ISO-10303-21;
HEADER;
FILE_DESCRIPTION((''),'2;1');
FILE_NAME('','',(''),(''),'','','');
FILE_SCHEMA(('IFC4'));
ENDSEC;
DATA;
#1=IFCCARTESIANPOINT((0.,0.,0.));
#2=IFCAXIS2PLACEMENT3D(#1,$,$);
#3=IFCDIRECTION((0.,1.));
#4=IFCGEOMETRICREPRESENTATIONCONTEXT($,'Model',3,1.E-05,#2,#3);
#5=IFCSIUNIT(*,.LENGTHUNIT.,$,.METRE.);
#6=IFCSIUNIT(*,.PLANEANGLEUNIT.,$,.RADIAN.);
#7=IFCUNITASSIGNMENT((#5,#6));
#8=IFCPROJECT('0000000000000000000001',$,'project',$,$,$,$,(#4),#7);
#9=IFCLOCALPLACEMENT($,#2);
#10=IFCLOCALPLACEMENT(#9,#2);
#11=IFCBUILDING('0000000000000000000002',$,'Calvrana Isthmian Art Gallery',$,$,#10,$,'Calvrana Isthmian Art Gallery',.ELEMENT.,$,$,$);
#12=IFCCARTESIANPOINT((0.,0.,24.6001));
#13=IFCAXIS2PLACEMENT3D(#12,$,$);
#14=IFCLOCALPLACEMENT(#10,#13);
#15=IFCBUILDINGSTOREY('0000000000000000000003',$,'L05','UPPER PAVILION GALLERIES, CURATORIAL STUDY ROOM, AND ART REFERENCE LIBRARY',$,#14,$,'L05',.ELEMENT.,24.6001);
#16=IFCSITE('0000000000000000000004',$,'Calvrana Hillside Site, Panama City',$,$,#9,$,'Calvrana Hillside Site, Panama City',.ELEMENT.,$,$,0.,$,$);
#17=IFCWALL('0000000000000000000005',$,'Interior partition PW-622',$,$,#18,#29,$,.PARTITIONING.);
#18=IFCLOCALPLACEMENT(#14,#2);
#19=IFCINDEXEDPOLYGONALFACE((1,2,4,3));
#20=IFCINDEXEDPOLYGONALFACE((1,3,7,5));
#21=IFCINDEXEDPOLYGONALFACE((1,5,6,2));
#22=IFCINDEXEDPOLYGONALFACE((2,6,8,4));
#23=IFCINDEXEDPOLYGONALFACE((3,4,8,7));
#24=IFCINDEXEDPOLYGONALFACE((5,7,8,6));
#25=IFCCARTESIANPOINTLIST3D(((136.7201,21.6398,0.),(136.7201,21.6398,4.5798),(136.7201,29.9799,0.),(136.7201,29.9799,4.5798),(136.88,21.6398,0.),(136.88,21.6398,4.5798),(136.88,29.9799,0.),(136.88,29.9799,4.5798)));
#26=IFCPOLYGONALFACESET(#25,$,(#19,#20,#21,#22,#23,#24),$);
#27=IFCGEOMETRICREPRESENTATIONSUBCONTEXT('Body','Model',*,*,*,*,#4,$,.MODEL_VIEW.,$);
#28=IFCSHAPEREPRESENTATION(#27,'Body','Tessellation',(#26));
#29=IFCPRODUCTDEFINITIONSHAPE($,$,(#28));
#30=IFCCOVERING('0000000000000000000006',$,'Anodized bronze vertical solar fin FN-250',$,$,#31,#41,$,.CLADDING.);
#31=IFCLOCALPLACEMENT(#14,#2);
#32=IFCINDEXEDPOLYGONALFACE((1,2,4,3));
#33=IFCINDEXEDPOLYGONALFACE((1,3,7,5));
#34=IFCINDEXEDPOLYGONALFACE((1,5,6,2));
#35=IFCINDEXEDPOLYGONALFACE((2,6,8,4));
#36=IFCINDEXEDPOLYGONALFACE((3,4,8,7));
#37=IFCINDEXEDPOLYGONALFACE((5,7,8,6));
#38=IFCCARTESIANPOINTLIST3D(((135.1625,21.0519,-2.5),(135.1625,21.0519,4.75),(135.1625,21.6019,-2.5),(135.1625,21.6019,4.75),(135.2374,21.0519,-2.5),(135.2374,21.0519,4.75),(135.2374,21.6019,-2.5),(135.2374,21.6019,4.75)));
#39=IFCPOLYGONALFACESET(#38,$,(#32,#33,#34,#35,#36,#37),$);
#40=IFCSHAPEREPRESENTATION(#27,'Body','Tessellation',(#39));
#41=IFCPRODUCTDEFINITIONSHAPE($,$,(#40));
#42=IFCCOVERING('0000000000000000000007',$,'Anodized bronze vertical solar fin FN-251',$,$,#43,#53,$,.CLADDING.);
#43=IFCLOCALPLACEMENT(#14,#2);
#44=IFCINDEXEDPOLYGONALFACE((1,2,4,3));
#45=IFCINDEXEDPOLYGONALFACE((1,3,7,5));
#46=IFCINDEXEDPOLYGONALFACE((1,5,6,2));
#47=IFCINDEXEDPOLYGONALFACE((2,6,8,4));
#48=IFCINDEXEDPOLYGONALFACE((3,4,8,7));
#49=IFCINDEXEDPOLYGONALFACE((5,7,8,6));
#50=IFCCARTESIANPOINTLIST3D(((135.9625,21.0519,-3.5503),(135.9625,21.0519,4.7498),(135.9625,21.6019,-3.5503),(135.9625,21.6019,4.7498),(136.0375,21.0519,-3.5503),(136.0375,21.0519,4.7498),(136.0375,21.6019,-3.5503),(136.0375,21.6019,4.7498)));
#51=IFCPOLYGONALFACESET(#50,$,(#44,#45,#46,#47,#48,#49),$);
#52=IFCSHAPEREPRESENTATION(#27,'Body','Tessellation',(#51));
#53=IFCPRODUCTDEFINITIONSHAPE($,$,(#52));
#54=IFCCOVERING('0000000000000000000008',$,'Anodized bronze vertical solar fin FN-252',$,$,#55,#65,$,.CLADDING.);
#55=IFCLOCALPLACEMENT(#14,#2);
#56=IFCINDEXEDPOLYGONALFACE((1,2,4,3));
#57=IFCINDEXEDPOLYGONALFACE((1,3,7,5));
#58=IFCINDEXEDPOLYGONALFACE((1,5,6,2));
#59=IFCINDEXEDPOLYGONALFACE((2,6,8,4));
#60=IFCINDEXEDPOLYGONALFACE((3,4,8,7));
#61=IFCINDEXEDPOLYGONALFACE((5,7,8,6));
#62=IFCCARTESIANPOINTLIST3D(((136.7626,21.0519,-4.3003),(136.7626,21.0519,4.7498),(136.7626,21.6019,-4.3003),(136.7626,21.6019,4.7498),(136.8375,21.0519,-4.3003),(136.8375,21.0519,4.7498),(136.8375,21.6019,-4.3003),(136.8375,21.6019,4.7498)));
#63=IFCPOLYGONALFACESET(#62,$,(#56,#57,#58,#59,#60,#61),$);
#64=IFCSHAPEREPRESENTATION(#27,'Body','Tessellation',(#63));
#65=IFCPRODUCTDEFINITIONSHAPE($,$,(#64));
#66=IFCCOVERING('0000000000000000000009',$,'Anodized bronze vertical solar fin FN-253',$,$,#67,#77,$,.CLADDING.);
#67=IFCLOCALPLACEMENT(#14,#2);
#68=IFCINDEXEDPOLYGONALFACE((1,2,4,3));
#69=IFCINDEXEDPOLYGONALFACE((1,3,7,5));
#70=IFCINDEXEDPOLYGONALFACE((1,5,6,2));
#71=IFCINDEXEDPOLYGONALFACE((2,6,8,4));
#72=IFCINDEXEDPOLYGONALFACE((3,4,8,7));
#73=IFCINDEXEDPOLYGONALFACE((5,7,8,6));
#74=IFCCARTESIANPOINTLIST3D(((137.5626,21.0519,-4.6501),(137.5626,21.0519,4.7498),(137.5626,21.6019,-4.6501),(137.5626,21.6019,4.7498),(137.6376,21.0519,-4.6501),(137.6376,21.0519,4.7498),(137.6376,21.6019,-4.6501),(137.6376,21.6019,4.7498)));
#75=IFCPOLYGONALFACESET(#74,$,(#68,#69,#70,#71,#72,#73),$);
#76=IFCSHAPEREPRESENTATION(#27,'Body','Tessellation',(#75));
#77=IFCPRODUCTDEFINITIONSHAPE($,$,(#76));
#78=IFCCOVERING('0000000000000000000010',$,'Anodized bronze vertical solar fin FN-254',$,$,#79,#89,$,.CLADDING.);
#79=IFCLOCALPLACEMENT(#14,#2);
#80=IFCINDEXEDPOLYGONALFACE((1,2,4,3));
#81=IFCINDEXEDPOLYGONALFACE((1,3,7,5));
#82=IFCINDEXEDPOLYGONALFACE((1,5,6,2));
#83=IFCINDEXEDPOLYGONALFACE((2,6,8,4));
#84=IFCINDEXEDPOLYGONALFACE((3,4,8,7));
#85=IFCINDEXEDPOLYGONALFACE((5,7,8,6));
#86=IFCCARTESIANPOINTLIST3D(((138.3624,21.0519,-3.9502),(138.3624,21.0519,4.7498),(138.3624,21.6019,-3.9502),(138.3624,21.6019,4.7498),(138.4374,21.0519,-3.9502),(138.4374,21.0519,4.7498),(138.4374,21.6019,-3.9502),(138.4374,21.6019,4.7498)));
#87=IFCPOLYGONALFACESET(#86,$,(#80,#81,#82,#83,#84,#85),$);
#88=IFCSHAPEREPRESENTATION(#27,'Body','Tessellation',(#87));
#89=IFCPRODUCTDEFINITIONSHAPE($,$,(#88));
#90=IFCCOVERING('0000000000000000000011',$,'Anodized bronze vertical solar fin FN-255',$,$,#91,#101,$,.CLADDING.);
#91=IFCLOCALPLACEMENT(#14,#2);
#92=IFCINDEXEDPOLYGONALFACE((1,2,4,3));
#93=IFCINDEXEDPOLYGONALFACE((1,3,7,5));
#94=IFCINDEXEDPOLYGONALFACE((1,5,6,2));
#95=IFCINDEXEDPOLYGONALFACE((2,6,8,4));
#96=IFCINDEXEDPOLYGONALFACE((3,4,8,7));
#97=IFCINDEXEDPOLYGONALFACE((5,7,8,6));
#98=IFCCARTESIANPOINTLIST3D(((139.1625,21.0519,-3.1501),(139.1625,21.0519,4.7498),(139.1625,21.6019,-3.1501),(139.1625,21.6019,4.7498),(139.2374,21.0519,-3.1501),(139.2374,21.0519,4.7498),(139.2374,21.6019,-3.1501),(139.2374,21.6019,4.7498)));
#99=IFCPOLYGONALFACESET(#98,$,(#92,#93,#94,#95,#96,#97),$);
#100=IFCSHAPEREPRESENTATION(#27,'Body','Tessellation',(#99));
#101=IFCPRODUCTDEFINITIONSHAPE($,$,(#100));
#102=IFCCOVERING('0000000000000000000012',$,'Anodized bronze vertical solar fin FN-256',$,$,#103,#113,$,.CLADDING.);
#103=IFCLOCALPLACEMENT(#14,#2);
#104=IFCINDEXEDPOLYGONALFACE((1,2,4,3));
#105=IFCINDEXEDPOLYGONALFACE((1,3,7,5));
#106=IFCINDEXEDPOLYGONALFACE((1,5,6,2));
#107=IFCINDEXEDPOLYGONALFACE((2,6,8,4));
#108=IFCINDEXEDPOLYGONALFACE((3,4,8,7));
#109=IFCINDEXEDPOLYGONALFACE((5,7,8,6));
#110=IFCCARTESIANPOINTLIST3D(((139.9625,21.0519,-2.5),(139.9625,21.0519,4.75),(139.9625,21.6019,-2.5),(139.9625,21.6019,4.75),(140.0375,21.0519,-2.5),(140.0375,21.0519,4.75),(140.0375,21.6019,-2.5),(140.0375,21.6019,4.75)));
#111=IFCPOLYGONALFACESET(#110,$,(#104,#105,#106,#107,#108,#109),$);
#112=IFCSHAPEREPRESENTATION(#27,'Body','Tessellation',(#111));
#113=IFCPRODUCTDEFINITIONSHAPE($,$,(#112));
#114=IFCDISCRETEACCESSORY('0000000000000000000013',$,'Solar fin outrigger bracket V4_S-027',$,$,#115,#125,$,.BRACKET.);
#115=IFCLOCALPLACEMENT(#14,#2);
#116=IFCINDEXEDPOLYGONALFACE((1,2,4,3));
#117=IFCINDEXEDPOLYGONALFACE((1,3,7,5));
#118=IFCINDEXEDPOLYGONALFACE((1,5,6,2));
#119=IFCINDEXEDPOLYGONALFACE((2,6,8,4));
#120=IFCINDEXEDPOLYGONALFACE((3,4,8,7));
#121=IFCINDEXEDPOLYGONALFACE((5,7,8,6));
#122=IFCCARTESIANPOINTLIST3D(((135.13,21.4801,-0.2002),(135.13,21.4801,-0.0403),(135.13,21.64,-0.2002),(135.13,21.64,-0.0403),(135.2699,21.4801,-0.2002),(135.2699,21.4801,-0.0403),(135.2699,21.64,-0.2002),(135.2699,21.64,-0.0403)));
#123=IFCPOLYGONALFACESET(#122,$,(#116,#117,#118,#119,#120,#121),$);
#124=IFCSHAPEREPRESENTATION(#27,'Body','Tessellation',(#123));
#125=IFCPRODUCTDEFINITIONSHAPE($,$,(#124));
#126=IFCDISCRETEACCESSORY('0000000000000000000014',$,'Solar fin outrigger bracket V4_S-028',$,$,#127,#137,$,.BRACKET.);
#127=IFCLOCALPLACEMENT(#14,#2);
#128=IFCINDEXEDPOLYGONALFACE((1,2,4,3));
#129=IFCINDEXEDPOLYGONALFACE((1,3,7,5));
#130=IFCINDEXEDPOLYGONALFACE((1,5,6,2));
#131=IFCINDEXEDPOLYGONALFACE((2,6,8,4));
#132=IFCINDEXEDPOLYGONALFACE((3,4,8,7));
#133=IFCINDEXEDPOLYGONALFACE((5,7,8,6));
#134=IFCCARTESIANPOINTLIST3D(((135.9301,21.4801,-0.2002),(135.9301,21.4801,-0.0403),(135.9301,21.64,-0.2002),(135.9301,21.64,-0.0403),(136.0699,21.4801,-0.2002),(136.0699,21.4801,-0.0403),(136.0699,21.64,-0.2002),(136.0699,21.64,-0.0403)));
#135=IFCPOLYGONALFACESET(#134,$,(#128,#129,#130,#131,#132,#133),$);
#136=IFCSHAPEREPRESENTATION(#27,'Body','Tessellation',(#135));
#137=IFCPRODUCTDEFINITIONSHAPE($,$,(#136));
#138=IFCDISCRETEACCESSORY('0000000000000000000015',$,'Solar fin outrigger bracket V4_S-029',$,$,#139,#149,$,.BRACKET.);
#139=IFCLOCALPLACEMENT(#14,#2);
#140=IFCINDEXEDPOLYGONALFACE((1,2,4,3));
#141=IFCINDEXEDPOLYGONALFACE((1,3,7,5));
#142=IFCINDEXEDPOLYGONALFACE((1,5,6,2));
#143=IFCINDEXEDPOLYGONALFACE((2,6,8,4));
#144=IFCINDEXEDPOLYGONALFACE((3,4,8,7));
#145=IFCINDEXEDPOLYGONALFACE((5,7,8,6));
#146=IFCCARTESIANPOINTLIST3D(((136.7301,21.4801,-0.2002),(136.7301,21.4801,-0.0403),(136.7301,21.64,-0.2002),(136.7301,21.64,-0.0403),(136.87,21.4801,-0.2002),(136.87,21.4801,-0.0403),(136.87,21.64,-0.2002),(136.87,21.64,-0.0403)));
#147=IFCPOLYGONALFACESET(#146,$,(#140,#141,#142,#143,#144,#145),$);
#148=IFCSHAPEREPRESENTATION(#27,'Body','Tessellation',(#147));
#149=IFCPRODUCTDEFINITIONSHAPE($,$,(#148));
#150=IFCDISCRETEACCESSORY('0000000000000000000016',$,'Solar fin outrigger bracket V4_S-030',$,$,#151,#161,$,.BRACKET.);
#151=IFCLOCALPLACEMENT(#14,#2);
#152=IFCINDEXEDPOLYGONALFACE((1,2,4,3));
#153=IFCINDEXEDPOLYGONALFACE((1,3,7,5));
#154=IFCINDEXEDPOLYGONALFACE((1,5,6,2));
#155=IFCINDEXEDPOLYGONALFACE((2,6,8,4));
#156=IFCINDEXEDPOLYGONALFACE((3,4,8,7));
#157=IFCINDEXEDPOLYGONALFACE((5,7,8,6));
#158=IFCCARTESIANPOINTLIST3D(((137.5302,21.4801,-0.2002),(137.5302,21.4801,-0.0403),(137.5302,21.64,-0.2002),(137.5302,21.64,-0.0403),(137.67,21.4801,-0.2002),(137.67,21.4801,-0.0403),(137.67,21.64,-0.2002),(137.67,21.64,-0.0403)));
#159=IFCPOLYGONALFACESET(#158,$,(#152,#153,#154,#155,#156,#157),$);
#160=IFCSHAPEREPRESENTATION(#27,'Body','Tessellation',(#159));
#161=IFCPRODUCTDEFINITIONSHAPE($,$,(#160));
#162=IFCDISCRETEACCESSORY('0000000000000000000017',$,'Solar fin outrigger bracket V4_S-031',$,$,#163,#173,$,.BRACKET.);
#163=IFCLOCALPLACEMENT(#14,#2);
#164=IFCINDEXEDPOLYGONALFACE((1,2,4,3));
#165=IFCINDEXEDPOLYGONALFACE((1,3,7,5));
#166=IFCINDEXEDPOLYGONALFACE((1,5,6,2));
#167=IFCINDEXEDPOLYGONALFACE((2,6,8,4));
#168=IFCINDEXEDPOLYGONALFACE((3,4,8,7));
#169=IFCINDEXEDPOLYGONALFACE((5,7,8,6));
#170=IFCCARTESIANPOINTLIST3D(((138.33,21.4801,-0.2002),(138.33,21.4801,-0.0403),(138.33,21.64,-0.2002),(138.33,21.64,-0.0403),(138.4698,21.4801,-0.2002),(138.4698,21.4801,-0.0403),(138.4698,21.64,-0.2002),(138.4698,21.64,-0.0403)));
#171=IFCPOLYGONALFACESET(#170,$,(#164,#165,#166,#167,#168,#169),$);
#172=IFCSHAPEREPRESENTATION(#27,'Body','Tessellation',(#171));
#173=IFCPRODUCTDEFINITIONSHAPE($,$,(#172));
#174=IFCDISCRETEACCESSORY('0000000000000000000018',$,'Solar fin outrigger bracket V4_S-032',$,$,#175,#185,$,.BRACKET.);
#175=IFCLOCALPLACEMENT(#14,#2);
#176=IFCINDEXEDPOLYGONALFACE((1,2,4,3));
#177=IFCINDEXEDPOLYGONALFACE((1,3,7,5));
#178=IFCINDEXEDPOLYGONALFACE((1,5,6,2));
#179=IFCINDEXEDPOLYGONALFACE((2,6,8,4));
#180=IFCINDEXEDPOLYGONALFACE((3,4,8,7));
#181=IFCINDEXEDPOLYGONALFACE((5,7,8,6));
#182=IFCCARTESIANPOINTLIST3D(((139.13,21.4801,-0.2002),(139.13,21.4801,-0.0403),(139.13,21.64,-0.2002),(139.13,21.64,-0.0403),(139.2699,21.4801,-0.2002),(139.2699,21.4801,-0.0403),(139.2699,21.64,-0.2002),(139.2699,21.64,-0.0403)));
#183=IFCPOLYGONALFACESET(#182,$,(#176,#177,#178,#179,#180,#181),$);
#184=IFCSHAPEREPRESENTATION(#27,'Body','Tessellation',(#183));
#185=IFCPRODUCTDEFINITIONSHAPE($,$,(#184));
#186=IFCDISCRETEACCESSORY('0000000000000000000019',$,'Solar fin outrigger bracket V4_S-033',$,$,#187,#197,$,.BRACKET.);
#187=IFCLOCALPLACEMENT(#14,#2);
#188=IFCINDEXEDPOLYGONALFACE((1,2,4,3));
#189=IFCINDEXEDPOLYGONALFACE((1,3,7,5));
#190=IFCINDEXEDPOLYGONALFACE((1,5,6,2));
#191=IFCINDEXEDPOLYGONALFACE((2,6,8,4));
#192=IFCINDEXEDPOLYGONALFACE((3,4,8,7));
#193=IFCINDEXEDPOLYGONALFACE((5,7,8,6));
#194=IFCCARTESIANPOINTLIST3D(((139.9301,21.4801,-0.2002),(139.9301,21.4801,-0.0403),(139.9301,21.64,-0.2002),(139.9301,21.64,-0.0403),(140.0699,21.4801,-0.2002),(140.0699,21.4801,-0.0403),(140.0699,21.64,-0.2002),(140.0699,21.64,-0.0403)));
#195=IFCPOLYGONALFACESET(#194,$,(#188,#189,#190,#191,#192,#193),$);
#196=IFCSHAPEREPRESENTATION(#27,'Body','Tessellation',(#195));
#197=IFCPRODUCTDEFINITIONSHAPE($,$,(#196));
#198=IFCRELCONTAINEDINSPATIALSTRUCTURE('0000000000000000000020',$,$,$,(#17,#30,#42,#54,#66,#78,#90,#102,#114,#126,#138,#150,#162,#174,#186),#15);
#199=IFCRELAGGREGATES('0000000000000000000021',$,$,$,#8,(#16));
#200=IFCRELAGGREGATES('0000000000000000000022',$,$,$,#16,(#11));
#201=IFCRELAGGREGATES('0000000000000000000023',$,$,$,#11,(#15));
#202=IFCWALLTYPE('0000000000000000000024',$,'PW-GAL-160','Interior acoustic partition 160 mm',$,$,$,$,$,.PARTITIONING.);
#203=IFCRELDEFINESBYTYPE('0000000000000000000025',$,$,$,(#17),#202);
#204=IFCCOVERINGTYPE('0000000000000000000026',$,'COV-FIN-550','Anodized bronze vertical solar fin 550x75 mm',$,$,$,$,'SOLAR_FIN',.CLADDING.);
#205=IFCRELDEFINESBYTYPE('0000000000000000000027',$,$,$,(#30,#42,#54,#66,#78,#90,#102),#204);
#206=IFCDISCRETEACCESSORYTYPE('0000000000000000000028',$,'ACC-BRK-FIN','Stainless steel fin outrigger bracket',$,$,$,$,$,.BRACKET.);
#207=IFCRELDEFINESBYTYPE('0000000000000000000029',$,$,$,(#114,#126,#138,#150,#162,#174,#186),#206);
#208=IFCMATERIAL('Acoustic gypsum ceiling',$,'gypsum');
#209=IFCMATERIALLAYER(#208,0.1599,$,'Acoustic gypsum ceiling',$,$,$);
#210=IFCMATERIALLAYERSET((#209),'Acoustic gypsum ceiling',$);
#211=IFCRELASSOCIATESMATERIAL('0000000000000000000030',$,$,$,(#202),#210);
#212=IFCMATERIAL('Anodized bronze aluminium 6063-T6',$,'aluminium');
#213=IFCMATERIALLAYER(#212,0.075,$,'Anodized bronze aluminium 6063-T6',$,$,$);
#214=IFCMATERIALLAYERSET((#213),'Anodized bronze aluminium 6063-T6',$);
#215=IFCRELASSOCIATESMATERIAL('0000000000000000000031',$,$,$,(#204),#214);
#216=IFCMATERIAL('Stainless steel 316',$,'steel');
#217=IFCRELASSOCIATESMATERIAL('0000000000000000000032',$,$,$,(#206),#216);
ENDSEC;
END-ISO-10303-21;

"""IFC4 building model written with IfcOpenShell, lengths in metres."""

from ifc_helpers import new_model, si_unit, direction, frame, frame_2d, origin, origin_2d, place, context, subcontext, project, spatial, rectangle, extrude, material, layer, layer_set, type_object, element, save


model = new_model("IFC4")

# Units and contexts
model_context = context("Model", 3, precision=1e-05, world=origin(), true_north=direction((0.0, 1.0)))
body_context = subcontext(model_context, "Body", "Model", "MODEL_VIEW")
ifc_project = project(units=[si_unit("LENGTHUNIT", "METRE"), si_unit("PLANEANGLEUNIT", "RADIAN")], contexts=[model_context])

# Site, building, storey
site_placement = place(None, origin())
site = spatial("IfcSite", under=ifc_project, at=site_placement, Name="Calvrana Hillside Site, Panama City", LongName="Calvrana Hillside Site, Panama City", CompositionType="ELEMENT", RefElevation=0.0)
building_placement = place(site_placement, origin())
building = spatial("IfcBuilding", under=site, at=building_placement, Name="Calvrana Isthmian Art Gallery", LongName="Calvrana Isthmian Art Gallery", CompositionType="ELEMENT")
storey_placement = place(building_placement, frame((0.0, 0.0, 24.6001)))
storey = spatial("IfcBuildingStorey", under=building, at=storey_placement, Name="L05", Description="UPPER PAVILION GALLERIES, CURATORIAL STUDY ROOM, AND ART REFERENCE LIBRARY", LongName="L05", CompositionType="ELEMENT", Elevation=24.6001)

# Wall
ifc_material_1 = material(Name="Acoustic gypsum ceiling", Category="gypsum")
ifc_layer_1 = layer(ifc_material_1, 0.1599, Name="Acoustic gypsum ceiling")
ifc_layer_set_1 = layer_set([ifc_layer_1], Name="Acoustic gypsum ceiling")
wall_type_1 = type_object("IfcWallType", Name="PW-GAL-160", Description="Interior acoustic partition 160 mm", PredefinedType="PARTITIONING", material=ifc_layer_set_1)
wall_1_placement = place(storey_placement, frame((136.8, 21.6399, 0.0), z_axis=(0.0, 0.0, 1.0), x_axis=(0.0, 1.0, 0.0)))
element("IfcWall", 1, at=wall_1_placement, inside=storey, type_object=wall_type_1, Name="Interior partition PW-622", PredefinedType="PARTITIONING", context=body_context, shape_type="SweptSolid", body=[
    extrude(rectangle(XDim=8.3401, YDim=0.1599, at=frame_2d((4.1699, 0.0))), origin(), (0.0, 0.0, 1.0), 4.5798),
])

# Coverings
ifc_material_2 = material(Name="Anodized bronze aluminium 6063-T6", Category="aluminium")
ifc_layer_2 = layer(ifc_material_2, 0.075, Name="Anodized bronze aluminium 6063-T6")
ifc_layer_set_2 = layer_set([ifc_layer_2], Name="Anodized bronze aluminium 6063-T6")
covering_type = type_object("IfcCoveringType", Name="COV-FIN-550", Description="Anodized bronze vertical solar fin 550x75 mm", ElementType="SOLAR_FIN", PredefinedType="CLADDING", material=ifc_layer_set_2)
covering_1_placement = place(storey_placement, frame((135.2, 21.3269, -2.5), z_axis=(0.0, 0.0, 1.0), x_axis=(1.0, 0.0, 0.0)))
element("IfcCovering", 2, at=covering_1_placement, inside=storey, type_object=covering_type, Name="Anodized bronze vertical solar fin FN-250", PredefinedType="CLADDING", context=body_context, shape_type="SweptSolid", body=[
    extrude(rectangle(XDim=0.075, YDim=0.55, at=origin_2d()), origin(), (0.0, 0.0, 1.0), 7.25),
])
covering_2_placement = place(storey_placement, frame((136.0, 21.3269, -3.5503), z_axis=(0.0, 0.0, 1.0), x_axis=(1.0, 0.0, 0.0)))
element("IfcCovering", 3, at=covering_2_placement, inside=storey, type_object=covering_type, Name="Anodized bronze vertical solar fin FN-251", PredefinedType="CLADDING", context=body_context, shape_type="SweptSolid", body=[
    extrude(rectangle(XDim=0.075, YDim=0.55, at=origin_2d()), origin(), (0.0, 0.0, 1.0), 8.3),
])
covering_3_placement = place(storey_placement, frame((136.8, 21.3269, -4.3003), z_axis=(0.0, 0.0, 1.0), x_axis=(1.0, 0.0, 0.0)))
element("IfcCovering", 4, at=covering_3_placement, inside=storey, type_object=covering_type, Name="Anodized bronze vertical solar fin FN-252", PredefinedType="CLADDING", context=body_context, shape_type="SweptSolid", body=[
    extrude(rectangle(XDim=0.075, YDim=0.55, at=origin_2d()), origin(), (0.0, 0.0, 1.0), 9.05),
])
covering_4_placement = place(storey_placement, frame((137.6001, 21.3269, -4.6501), z_axis=(0.0, 0.0, 1.0), x_axis=(1.0, 0.0, 0.0)))
element("IfcCovering", 5, at=covering_4_placement, inside=storey, type_object=covering_type, Name="Anodized bronze vertical solar fin FN-253", PredefinedType="CLADDING", context=body_context, shape_type="SweptSolid", body=[
    extrude(rectangle(XDim=0.075, YDim=0.55, at=origin_2d()), origin(), (0.0, 0.0, 1.0), 9.3999),
])
covering_5_placement = place(storey_placement, frame((138.3999, 21.3269, -3.9502), z_axis=(0.0, 0.0, 1.0), x_axis=(1.0, 0.0, 0.0)))
element("IfcCovering", 6, at=covering_5_placement, inside=storey, type_object=covering_type, Name="Anodized bronze vertical solar fin FN-254", PredefinedType="CLADDING", context=body_context, shape_type="SweptSolid", body=[
    extrude(rectangle(XDim=0.075, YDim=0.55, at=origin_2d()), origin(), (0.0, 0.0, 1.0), 8.7),
])
covering_6_placement = place(storey_placement, frame((139.2, 21.3269, -3.1501), z_axis=(0.0, 0.0, 1.0), x_axis=(1.0, 0.0, 0.0)))
element("IfcCovering", 7, at=covering_6_placement, inside=storey, type_object=covering_type, Name="Anodized bronze vertical solar fin FN-255", PredefinedType="CLADDING", context=body_context, shape_type="SweptSolid", body=[
    extrude(rectangle(XDim=0.075, YDim=0.55, at=origin_2d()), origin(), (0.0, 0.0, 1.0), 7.8999),
])
covering_7_placement = place(storey_placement, frame((140.0, 21.3269, -2.5), z_axis=(0.0, 0.0, 1.0), x_axis=(1.0, 0.0, 0.0)))
element("IfcCovering", 8, at=covering_7_placement, inside=storey, type_object=covering_type, Name="Anodized bronze vertical solar fin FN-256", PredefinedType="CLADDING", context=body_context, shape_type="SweptSolid", body=[
    extrude(rectangle(XDim=0.075, YDim=0.55, at=origin_2d()), origin(), (0.0, 0.0, 1.0), 7.25),
])

# Discrete accessories
ifc_material_3 = material(Name="Stainless steel 316", Category="steel")
discrete_accessory_type = type_object("IfcDiscreteAccessoryType", Name="ACC-BRK-FIN", Description="Stainless steel fin outrigger bracket", PredefinedType="BRACKET", material=ifc_material_3)
for number, where, z_axis, x_axis, name in (
    (9, (135.2, 21.5601, -0.2002), (0.0, 0.0, 1.0), (1.0, 0.0, 0.0), "Solar fin outrigger bracket V4_S-027"),
    (10, (136.0, 21.5601, -0.2002), (0.0, 0.0, 1.0), (1.0, 0.0, 0.0), "Solar fin outrigger bracket V4_S-028"),
    (11, (136.8, 21.5601, -0.2002), (0.0, 0.0, 1.0), (1.0, 0.0, 0.0), "Solar fin outrigger bracket V4_S-029"),
    (12, (137.6001, 21.5601, -0.2002), (0.0, 0.0, 1.0), (1.0, 0.0, 0.0), "Solar fin outrigger bracket V4_S-030"),
    (13, (138.3999, 21.5601, -0.2002), (0.0, 0.0, 1.0), (1.0, 0.0, 0.0), "Solar fin outrigger bracket V4_S-031"),
    (14, (139.2, 21.5601, -0.2002), (0.0, 0.0, 1.0), (1.0, 0.0, 0.0), "Solar fin outrigger bracket V4_S-032"),
    (15, (140.0, 21.5601, -0.2002), (0.0, 0.0, 1.0), (1.0, 0.0, 0.0), "Solar fin outrigger bracket V4_S-033"),
):
    element("IfcDiscreteAccessory", number, at=place(storey_placement, frame(where, z_axis=z_axis, x_axis=x_axis)), inside=storey, type_object=discrete_accessory_type, Name=name, PredefinedType="BRACKET", context=body_context, shape_type="SweptSolid", body=[
        extrude(rectangle(XDim=0.1399, YDim=0.1599, at=origin_2d()), origin(), (0.0, 0.0, 1.0), 0.1599),
    ])

save(model, "model.ifc")
